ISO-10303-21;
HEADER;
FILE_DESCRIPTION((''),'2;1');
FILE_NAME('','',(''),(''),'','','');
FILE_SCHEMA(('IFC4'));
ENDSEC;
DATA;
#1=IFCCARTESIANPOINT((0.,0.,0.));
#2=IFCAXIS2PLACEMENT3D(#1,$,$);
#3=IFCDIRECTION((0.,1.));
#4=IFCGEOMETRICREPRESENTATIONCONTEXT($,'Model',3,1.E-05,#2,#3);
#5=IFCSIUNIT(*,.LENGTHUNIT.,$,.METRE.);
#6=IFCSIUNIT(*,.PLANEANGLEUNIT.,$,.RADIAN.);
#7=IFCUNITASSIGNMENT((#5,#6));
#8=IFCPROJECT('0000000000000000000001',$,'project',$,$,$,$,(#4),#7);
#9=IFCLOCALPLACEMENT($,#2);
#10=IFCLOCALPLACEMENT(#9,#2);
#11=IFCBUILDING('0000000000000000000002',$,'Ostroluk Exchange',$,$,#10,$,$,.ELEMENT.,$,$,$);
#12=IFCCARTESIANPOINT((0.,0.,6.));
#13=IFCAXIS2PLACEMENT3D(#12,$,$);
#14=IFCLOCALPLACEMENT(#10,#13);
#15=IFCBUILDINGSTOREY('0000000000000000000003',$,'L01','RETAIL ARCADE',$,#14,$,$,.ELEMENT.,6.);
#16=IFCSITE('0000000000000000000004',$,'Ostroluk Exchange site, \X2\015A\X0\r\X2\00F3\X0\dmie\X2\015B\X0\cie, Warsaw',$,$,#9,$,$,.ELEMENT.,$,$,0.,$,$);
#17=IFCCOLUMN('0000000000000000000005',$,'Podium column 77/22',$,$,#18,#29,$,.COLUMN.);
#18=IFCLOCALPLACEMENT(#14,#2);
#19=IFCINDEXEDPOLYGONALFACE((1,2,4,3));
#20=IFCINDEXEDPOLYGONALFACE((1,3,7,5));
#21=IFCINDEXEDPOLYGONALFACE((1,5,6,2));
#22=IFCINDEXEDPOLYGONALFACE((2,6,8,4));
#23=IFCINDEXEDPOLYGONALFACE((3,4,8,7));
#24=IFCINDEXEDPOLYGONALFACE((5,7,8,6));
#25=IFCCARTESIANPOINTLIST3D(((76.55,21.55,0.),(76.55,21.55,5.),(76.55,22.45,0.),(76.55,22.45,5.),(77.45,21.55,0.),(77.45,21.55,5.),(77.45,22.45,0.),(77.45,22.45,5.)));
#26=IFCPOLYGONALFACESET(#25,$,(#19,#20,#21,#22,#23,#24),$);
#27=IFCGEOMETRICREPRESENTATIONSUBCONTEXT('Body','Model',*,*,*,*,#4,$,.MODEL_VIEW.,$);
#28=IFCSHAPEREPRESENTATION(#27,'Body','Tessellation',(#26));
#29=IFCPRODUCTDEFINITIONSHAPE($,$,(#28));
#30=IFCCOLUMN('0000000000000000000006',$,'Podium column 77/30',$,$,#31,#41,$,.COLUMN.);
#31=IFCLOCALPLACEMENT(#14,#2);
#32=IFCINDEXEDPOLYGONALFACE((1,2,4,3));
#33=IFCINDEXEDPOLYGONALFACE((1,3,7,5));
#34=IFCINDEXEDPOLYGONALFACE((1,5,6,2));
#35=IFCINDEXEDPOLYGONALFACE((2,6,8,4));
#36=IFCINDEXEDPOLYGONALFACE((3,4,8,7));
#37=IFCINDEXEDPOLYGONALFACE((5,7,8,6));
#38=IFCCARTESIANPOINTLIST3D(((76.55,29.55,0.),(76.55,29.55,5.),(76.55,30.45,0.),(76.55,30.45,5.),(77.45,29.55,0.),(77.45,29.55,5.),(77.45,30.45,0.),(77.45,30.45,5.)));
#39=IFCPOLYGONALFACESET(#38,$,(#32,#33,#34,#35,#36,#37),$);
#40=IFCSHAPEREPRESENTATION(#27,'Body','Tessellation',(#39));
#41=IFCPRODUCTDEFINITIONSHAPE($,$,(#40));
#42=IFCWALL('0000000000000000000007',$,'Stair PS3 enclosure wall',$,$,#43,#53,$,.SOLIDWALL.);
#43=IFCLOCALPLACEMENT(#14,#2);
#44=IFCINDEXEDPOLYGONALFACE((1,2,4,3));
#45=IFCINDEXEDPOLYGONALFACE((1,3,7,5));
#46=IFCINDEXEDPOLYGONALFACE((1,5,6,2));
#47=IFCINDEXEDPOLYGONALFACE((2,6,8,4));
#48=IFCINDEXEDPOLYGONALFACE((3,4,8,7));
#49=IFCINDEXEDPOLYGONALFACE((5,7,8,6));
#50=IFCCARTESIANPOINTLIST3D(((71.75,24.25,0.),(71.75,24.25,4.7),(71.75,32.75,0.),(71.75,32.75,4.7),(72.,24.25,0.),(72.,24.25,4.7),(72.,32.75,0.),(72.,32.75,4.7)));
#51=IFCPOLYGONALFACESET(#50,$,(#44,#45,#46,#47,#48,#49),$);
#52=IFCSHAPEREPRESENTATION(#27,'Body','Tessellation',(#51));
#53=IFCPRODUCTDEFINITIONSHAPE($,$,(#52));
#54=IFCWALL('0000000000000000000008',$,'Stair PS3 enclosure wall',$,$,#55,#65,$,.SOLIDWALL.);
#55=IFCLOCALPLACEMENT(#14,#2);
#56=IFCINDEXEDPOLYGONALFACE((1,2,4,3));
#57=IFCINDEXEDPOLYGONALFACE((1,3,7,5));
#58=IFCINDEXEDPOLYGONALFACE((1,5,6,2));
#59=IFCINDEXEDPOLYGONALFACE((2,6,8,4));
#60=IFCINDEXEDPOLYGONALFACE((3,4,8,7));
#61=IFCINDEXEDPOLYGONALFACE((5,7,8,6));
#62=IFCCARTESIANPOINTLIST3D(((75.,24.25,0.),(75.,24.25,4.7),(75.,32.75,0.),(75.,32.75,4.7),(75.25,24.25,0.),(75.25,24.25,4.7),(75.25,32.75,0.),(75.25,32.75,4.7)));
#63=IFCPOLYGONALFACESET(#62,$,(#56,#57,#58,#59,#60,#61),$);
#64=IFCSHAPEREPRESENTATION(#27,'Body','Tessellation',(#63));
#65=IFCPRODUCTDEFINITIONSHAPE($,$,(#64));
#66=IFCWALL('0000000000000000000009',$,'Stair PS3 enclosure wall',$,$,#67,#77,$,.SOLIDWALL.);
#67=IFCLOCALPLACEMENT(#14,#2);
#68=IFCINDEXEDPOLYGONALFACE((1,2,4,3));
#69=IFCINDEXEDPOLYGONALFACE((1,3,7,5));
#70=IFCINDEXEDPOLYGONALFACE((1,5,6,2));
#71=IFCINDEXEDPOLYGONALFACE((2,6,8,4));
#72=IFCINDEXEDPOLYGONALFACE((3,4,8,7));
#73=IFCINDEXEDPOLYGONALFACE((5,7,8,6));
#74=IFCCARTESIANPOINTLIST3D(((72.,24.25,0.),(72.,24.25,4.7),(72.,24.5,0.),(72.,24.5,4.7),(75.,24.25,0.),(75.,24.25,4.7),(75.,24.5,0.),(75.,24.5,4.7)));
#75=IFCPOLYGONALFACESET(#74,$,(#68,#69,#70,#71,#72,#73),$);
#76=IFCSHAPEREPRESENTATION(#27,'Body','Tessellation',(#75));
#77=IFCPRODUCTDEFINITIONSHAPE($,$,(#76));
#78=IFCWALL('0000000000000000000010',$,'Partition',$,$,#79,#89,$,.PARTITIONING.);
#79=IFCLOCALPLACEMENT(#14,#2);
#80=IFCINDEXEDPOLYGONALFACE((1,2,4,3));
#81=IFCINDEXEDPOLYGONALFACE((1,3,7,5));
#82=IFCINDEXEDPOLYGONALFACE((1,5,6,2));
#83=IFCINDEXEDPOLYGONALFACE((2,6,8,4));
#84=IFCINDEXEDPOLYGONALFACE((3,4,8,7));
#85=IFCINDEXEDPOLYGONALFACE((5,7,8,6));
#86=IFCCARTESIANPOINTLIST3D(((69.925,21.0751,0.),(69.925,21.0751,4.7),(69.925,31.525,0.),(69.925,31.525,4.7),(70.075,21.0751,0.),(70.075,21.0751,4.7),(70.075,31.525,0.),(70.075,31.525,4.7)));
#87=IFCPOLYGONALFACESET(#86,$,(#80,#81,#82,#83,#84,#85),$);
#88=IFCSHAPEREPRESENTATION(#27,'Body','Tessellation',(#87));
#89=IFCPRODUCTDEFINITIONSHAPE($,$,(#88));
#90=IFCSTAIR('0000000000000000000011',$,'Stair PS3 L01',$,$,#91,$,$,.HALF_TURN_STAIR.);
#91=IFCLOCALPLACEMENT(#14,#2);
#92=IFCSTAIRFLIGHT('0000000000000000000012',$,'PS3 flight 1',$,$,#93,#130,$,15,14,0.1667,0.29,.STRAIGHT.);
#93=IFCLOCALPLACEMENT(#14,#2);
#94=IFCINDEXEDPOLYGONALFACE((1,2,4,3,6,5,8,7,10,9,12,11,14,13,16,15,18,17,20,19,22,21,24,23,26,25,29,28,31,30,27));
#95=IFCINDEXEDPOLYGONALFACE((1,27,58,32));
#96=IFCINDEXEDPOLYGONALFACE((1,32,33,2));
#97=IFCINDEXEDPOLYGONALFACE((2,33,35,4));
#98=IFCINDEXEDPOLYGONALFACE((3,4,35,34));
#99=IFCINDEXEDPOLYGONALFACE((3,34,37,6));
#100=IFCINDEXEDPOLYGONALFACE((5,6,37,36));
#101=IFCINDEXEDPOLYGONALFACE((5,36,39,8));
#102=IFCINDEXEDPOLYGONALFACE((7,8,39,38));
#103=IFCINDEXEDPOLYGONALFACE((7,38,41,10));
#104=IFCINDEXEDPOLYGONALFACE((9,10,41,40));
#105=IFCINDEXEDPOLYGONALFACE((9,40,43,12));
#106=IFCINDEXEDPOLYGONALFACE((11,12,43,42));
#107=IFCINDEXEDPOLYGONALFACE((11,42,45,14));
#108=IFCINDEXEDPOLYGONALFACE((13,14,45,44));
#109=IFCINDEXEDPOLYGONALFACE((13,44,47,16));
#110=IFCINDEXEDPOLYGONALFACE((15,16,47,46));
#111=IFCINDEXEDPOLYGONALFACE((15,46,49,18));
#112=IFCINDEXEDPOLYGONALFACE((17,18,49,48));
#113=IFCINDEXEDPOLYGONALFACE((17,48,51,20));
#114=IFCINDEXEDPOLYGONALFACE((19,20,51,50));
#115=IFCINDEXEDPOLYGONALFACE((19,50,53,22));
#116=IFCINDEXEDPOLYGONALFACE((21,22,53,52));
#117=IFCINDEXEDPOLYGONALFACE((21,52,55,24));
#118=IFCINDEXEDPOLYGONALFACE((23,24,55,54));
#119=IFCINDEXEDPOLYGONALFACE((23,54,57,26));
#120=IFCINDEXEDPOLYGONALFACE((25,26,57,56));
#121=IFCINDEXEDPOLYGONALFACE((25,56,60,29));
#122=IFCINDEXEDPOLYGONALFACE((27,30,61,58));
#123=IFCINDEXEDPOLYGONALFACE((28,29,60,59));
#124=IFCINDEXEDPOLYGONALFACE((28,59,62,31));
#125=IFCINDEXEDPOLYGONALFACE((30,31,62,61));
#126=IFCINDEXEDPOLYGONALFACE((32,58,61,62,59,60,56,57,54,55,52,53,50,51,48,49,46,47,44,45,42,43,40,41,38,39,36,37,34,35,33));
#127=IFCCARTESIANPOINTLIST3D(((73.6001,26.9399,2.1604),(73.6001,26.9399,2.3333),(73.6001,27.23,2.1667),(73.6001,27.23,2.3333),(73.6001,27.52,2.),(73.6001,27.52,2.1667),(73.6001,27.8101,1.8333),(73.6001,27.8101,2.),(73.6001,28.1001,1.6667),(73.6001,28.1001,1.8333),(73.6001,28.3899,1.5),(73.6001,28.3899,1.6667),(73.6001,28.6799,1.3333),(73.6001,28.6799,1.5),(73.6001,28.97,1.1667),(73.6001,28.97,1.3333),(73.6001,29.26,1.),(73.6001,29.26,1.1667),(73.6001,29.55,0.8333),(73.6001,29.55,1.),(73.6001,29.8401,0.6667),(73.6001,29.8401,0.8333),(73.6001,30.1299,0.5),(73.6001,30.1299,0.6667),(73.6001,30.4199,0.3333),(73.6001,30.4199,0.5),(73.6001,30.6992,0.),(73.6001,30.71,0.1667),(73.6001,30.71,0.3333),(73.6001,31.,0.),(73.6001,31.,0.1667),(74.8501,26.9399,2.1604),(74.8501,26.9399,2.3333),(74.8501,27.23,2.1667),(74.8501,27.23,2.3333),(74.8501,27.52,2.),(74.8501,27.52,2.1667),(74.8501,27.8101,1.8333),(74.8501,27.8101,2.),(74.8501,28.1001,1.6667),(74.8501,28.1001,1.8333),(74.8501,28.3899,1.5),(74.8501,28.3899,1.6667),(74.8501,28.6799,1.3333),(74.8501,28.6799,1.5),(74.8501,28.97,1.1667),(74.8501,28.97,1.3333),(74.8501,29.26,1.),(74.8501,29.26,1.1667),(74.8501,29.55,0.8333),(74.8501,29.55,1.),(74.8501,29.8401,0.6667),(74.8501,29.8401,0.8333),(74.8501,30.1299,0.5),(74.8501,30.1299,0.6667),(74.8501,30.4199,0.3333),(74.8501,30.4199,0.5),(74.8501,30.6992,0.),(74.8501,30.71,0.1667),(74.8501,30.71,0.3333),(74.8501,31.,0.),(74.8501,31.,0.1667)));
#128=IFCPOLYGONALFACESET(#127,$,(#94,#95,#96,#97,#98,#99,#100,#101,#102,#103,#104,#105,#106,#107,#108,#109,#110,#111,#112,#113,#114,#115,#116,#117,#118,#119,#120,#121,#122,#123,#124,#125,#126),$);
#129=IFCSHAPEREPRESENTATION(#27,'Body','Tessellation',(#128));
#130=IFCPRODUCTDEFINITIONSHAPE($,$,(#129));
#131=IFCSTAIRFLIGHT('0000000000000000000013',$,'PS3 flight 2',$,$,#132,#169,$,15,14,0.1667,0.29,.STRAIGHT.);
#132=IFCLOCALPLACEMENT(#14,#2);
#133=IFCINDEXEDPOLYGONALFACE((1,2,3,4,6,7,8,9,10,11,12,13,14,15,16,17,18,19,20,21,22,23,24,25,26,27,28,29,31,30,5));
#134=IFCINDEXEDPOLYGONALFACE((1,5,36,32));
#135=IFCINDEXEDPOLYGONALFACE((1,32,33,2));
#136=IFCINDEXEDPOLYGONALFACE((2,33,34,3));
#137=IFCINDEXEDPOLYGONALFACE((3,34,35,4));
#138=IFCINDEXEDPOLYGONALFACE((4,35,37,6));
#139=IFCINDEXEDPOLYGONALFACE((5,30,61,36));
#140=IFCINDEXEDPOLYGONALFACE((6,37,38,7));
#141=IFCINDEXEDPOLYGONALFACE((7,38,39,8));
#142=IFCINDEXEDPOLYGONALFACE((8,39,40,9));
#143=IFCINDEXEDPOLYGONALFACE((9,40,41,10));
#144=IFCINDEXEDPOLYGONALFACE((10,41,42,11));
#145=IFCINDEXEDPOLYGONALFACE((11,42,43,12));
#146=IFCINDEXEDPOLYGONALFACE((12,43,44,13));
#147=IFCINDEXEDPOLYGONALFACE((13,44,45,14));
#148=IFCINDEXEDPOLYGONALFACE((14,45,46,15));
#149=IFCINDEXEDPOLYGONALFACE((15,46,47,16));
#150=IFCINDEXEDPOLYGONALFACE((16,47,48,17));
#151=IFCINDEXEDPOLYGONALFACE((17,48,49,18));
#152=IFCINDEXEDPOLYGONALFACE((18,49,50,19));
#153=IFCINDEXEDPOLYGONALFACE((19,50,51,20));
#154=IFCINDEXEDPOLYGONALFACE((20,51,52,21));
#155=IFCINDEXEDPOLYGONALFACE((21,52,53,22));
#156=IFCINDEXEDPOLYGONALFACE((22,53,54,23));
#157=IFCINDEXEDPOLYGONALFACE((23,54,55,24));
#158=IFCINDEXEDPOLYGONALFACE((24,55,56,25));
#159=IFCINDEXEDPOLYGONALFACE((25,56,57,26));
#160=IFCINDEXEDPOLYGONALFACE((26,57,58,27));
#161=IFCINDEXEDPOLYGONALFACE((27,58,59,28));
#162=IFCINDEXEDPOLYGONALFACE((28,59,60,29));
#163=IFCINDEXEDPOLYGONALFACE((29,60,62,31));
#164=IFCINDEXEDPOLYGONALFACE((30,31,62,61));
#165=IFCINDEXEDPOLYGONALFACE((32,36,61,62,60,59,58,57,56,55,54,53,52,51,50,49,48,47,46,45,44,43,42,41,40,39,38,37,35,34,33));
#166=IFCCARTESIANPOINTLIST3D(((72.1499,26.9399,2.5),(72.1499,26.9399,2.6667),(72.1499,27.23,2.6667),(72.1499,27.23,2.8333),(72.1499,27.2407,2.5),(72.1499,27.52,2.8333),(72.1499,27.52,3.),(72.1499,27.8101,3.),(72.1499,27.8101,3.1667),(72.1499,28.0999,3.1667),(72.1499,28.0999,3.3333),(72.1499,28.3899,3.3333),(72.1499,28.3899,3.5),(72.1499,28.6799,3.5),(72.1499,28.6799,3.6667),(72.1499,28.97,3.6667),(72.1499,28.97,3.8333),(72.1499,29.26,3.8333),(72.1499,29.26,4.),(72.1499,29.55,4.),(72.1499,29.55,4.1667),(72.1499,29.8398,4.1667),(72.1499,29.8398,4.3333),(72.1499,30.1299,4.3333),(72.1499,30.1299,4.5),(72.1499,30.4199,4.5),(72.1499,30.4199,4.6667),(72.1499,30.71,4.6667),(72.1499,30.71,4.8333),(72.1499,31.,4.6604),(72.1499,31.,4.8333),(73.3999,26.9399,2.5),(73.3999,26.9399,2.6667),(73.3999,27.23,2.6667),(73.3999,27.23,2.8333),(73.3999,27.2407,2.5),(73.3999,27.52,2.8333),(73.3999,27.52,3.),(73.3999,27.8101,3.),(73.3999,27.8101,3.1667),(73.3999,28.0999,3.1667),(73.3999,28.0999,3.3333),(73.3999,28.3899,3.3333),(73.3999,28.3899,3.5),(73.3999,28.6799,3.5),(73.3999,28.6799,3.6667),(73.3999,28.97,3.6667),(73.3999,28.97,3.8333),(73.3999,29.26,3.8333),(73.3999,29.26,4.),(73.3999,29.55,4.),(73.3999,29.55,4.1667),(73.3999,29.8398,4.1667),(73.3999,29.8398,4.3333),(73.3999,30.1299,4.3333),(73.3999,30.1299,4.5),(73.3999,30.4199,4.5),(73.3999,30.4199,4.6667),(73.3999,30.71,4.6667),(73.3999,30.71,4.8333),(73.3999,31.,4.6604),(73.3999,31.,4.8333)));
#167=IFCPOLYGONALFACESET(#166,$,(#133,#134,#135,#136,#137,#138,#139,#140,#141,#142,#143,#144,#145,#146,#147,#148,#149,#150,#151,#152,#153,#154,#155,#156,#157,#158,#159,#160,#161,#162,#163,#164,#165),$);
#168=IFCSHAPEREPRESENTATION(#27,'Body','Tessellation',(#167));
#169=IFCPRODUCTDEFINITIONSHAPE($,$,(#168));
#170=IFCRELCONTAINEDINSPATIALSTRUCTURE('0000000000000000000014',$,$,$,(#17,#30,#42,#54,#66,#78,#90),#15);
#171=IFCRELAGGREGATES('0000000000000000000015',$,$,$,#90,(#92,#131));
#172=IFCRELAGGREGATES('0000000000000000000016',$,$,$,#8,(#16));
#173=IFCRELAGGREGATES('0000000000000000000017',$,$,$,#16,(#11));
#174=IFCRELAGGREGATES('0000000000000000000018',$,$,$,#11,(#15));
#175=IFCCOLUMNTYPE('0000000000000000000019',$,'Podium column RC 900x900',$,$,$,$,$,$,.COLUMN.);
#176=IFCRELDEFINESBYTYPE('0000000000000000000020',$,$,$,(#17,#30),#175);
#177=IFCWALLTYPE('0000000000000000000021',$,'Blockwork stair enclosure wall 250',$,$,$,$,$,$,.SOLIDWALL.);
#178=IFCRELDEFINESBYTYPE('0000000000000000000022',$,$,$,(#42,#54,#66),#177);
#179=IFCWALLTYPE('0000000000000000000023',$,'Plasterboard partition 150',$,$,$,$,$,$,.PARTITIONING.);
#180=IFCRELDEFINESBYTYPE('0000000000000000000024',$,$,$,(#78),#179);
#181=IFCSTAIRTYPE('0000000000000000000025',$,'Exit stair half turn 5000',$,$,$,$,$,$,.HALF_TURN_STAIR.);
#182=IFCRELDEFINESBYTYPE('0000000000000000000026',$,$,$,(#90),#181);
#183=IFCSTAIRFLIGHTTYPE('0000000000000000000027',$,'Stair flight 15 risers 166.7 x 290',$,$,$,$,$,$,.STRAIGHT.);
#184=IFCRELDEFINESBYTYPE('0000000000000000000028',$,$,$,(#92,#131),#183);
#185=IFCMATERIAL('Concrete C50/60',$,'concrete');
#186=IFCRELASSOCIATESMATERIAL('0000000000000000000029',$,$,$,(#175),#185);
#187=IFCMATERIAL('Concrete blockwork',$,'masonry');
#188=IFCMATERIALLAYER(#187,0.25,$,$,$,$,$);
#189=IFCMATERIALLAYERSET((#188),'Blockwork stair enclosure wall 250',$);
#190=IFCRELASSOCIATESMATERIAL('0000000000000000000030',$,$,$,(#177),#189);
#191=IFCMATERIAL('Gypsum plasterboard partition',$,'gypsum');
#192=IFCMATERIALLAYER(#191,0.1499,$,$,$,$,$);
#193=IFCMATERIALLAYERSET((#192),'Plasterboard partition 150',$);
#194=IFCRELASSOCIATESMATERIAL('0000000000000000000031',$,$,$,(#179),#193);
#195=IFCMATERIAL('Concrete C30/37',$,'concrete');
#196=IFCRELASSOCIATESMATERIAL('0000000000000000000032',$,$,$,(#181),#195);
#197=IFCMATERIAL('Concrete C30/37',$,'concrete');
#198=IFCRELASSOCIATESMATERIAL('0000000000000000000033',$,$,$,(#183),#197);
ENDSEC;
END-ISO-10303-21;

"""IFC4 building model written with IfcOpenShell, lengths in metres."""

from ifc_helpers import new_model, si_unit, direction, frame, frame_2d, origin, origin_2d, place, context, subcontext, project, spatial, polyline, rectangle, outline, extrude, material, layer, layer_set, material_profile, profile_set, type_object, element, aggregate, save


model = new_model("IFC4")

# Units and contexts
model_context = context("Model", 3, precision=1e-05, world=origin(), true_north=direction((0.0, 1.0)))
body_context = subcontext(model_context, "Body", "Model", "MODEL_VIEW")
ifc_project = project(units=[si_unit("LENGTHUNIT", "METRE"), si_unit("PLANEANGLEUNIT", "RADIAN")], contexts=[model_context])

# Site, building, storey
site_placement = place(None, origin())
site = spatial("IfcSite", under=ifc_project, at=site_placement, Name="Ostroluk Exchange site, Śródmieście, Warsaw", CompositionType="ELEMENT", RefElevation=0.0)
building_placement = place(site_placement, origin())
building = spatial("IfcBuilding", under=site, at=building_placement, Name="Ostroluk Exchange", CompositionType="ELEMENT")
storey_placement = place(building_placement, frame((0.0, 0.0, 6.0)))
storey = spatial("IfcBuildingStorey", under=building, at=storey_placement, Name="L01", Description="RETAIL ARCADE", CompositionType="ELEMENT", Elevation=6.0)

# Columns
ifc_material_1 = material(Name="Concrete C50/60", Category="concrete")
ifc_material_profile = material_profile(ifc_material_1, rectangle(XDim=0.8999, YDim=0.8999, at=origin_2d()), Name="RC 900x900")
ifc_profile_set = profile_set([ifc_material_profile], Name="Concrete C50/60")
column_type = type_object("IfcColumnType", Name="Podium column RC 900x900", PredefinedType="COLUMN", material=ifc_profile_set)
for number, where, z_axis, x_axis, name in (
    (1, (77.0, 22.0, 0.0), (0.0, 0.0, 1.0), (1.0, 0.0, 0.0), "Podium column 77/22"),
    (2, (77.0, 30.0, 0.0), (0.0, 0.0, 1.0), (1.0, 0.0, 0.0), "Podium column 77/30"),
):
    element("IfcColumn", number, at=place(storey_placement, frame(where, z_axis=z_axis, x_axis=x_axis)), inside=storey, type_object=column_type, Name=name, PredefinedType="COLUMN", context=body_context, shape_type="SweptSolid", body=[
        extrude(rectangle(XDim=0.8999, YDim=0.8999, at=origin_2d()), origin(), (0.0, 0.0, 1.0), 5.0),
    ])

# Walls
ifc_material_2 = material(Name="Concrete blockwork", Category="masonry")
ifc_layer_1 = layer(ifc_material_2, 0.25)
ifc_layer_set_1 = layer_set([ifc_layer_1], Name="Blockwork stair enclosure wall 250")
wall_type_1 = type_object("IfcWallType", Name="Blockwork stair enclosure wall 250", PredefinedType="SOLIDWALL", material=ifc_layer_set_1)
for number, where, z_axis, x_axis, name in (
    (3, (71.875, 24.25, 0.0), (0.0, 0.0, 1.0), (0.0, 1.0, 0.0), "Stair PS3 enclosure wall"),
    (4, (75.125, 24.25, 0.0), (0.0, 0.0, 1.0), (0.0, 1.0, 0.0), "Stair PS3 enclosure wall"),
):
    element("IfcWall", number, at=place(storey_placement, frame(where, z_axis=z_axis, x_axis=x_axis)), inside=storey, type_object=wall_type_1, Name=name, PredefinedType="SOLIDWALL", context=body_context, shape_type="SweptSolid", body=[
        extrude(rectangle(XDim=8.5, YDim=0.25, at=frame_2d((4.25, 0.0))), origin(), (0.0, 0.0, 1.0), 4.7),
    ])
wall_1_placement = place(storey_placement, frame((72.0, 24.375, 0.0), z_axis=(0.0, 0.0, 1.0), x_axis=(1.0, 0.0, 0.0)))
element("IfcWall", 5, at=wall_1_placement, inside=storey, type_object=wall_type_1, Name="Stair PS3 enclosure wall", PredefinedType="SOLIDWALL", context=body_context, shape_type="SweptSolid", body=[
    extrude(rectangle(XDim=3.0, YDim=0.25, at=frame_2d((1.5, 0.0))), origin(), (0.0, 0.0, 1.0), 4.7),
])
ifc_material_3 = material(Name="Gypsum plasterboard partition", Category="gypsum")
ifc_layer_2 = layer(ifc_material_3, 0.1499)
ifc_layer_set_2 = layer_set([ifc_layer_2], Name="Plasterboard partition 150")
wall_type_2 = type_object("IfcWallType", Name="Plasterboard partition 150", PredefinedType="PARTITIONING", material=ifc_layer_set_2)
wall_2_placement = place(storey_placement, frame((70.0, 21.075, 0.0), z_axis=(0.0, 0.0, 1.0), x_axis=(0.0, 1.0, 0.0)))
element("IfcWall", 6, at=wall_2_placement, inside=storey, type_object=wall_type_2, Name="Partition", PredefinedType="PARTITIONING", context=body_context, shape_type="SweptSolid", body=[
    extrude(rectangle(XDim=10.45, YDim=0.1499, at=frame_2d((5.2251, 0.0))), origin(), (0.0, 0.0, 1.0), 4.7),
])

# Stair, stair flights
ifc_material_4 = material(Name="Concrete C30/37", Category="concrete")
stair_type = type_object("IfcStairType", Name="Exit stair half turn 5000", PredefinedType="HALF_TURN_STAIR", material=ifc_material_4)
stair_placement = place(storey_placement, origin())
stair = element("IfcStair", 7, at=stair_placement, inside=storey, type_object=stair_type, Name="Stair PS3 L01", PredefinedType="HALF_TURN_STAIR")
ifc_material_5 = material(Name="Concrete C30/37", Category="concrete")
stair_flight_type = type_object("IfcStairFlightType", Name="Stair flight 15 risers 166.7 x 290", PredefinedType="STRAIGHT", material=ifc_material_5)
stair_flight_1_placement = place(storey_placement, frame((74.2251, 31.0, 0.0), z_axis=(0.0, 0.0, 1.0), x_axis=(0.0, -1.0, 0.0)))
stair_flight_1 = element("IfcStairFlight", 8, at=stair_flight_1_placement, type_object=stair_flight_type, Name="PS3 flight 1", NumberOfRisers=15, NumberOfTreads=14, PredefinedType="STRAIGHT", RiserHeight=0.1667, TreadLength=0.29, context=body_context, shape_type="SweptSolid", body=[
    extrude(outline(polyline([(0.0, 0.0), (0.0, 0.1667), (0.29, 0.1667), (0.29, 0.3333), (0.5801, 0.3333), (0.5801, 0.5), (0.8701, 0.5), (0.8701, 0.6667), (1.1599, 0.6667), (1.1599, 0.8333), (1.45, 0.8333), (1.45, 1.0), (1.74, 1.0), (1.74, 1.1667), (2.03, 1.1667), (2.03, 1.3333), (2.3201, 1.3333), (2.3201, 1.5), (2.6101, 1.5), (2.6101, 1.6667), (2.8999, 1.6667), (2.8999, 1.8333), (3.1899, 1.8333), (3.1899, 2.0), (3.48, 2.0), (3.48, 2.1667), (3.77, 2.1667), (3.77, 2.3333), (4.0601, 2.3333), (4.0601, 2.5), (4.0601, 2.1604), (0.3008, 0.0), (0.0, 0.0)])), frame((0.0, 0.625, 0.0), z_axis=(0.0, -1.0, 0.0), x_axis=(1.0, 0.0, 0.0)), (0.0, 0.0, 1.0), 1.25),
])
stair_flight_2_placement = place(storey_placement, frame((72.7749, 26.9399, 2.5), z_axis=(0.0, 0.0, 1.0), x_axis=(0.0, 1.0, 0.0)))
stair_flight_2 = element("IfcStairFlight", 9, at=stair_flight_2_placement, type_object=stair_flight_type, Name="PS3 flight 2", NumberOfRisers=15, NumberOfTreads=14, PredefinedType="STRAIGHT", RiserHeight=0.1667, TreadLength=0.29, context=body_context, shape_type="SweptSolid", body=[
    extrude(outline(polyline([(0.0, 0.0), (0.0, 0.1667), (0.29, 0.1667), (0.29, 0.3333), (0.5801, 0.3333), (0.5801, 0.5), (0.8701, 0.5), (0.8701, 0.6667), (1.1599, 0.6667), (1.1599, 0.8333), (1.45, 0.8333), (1.45, 1.0), (1.74, 1.0), (1.74, 1.1667), (2.03, 1.1667), (2.03, 1.3333), (2.3201, 1.3333), (2.3201, 1.5), (2.6101, 1.5), (2.6101, 1.6667), (2.8999, 1.6667), (2.8999, 1.8333), (3.1899, 1.8333), (3.1899, 2.0), (3.48, 2.0), (3.48, 2.1667), (3.77, 2.1667), (3.77, 2.3333), (4.0601, 2.3333), (4.0601, 2.5), (4.0601, 2.1604), (0.3008, 0.0), (0.0, 0.0)])), frame((0.0, 0.625, 0.0), z_axis=(0.0, -1.0, 0.0), x_axis=(1.0, 0.0, 0.0)), (0.0, 0.0, 1.0), 1.25),
])
aggregate(stair, [stair_flight_1, stair_flight_2])

save(model, "model.ifc")
